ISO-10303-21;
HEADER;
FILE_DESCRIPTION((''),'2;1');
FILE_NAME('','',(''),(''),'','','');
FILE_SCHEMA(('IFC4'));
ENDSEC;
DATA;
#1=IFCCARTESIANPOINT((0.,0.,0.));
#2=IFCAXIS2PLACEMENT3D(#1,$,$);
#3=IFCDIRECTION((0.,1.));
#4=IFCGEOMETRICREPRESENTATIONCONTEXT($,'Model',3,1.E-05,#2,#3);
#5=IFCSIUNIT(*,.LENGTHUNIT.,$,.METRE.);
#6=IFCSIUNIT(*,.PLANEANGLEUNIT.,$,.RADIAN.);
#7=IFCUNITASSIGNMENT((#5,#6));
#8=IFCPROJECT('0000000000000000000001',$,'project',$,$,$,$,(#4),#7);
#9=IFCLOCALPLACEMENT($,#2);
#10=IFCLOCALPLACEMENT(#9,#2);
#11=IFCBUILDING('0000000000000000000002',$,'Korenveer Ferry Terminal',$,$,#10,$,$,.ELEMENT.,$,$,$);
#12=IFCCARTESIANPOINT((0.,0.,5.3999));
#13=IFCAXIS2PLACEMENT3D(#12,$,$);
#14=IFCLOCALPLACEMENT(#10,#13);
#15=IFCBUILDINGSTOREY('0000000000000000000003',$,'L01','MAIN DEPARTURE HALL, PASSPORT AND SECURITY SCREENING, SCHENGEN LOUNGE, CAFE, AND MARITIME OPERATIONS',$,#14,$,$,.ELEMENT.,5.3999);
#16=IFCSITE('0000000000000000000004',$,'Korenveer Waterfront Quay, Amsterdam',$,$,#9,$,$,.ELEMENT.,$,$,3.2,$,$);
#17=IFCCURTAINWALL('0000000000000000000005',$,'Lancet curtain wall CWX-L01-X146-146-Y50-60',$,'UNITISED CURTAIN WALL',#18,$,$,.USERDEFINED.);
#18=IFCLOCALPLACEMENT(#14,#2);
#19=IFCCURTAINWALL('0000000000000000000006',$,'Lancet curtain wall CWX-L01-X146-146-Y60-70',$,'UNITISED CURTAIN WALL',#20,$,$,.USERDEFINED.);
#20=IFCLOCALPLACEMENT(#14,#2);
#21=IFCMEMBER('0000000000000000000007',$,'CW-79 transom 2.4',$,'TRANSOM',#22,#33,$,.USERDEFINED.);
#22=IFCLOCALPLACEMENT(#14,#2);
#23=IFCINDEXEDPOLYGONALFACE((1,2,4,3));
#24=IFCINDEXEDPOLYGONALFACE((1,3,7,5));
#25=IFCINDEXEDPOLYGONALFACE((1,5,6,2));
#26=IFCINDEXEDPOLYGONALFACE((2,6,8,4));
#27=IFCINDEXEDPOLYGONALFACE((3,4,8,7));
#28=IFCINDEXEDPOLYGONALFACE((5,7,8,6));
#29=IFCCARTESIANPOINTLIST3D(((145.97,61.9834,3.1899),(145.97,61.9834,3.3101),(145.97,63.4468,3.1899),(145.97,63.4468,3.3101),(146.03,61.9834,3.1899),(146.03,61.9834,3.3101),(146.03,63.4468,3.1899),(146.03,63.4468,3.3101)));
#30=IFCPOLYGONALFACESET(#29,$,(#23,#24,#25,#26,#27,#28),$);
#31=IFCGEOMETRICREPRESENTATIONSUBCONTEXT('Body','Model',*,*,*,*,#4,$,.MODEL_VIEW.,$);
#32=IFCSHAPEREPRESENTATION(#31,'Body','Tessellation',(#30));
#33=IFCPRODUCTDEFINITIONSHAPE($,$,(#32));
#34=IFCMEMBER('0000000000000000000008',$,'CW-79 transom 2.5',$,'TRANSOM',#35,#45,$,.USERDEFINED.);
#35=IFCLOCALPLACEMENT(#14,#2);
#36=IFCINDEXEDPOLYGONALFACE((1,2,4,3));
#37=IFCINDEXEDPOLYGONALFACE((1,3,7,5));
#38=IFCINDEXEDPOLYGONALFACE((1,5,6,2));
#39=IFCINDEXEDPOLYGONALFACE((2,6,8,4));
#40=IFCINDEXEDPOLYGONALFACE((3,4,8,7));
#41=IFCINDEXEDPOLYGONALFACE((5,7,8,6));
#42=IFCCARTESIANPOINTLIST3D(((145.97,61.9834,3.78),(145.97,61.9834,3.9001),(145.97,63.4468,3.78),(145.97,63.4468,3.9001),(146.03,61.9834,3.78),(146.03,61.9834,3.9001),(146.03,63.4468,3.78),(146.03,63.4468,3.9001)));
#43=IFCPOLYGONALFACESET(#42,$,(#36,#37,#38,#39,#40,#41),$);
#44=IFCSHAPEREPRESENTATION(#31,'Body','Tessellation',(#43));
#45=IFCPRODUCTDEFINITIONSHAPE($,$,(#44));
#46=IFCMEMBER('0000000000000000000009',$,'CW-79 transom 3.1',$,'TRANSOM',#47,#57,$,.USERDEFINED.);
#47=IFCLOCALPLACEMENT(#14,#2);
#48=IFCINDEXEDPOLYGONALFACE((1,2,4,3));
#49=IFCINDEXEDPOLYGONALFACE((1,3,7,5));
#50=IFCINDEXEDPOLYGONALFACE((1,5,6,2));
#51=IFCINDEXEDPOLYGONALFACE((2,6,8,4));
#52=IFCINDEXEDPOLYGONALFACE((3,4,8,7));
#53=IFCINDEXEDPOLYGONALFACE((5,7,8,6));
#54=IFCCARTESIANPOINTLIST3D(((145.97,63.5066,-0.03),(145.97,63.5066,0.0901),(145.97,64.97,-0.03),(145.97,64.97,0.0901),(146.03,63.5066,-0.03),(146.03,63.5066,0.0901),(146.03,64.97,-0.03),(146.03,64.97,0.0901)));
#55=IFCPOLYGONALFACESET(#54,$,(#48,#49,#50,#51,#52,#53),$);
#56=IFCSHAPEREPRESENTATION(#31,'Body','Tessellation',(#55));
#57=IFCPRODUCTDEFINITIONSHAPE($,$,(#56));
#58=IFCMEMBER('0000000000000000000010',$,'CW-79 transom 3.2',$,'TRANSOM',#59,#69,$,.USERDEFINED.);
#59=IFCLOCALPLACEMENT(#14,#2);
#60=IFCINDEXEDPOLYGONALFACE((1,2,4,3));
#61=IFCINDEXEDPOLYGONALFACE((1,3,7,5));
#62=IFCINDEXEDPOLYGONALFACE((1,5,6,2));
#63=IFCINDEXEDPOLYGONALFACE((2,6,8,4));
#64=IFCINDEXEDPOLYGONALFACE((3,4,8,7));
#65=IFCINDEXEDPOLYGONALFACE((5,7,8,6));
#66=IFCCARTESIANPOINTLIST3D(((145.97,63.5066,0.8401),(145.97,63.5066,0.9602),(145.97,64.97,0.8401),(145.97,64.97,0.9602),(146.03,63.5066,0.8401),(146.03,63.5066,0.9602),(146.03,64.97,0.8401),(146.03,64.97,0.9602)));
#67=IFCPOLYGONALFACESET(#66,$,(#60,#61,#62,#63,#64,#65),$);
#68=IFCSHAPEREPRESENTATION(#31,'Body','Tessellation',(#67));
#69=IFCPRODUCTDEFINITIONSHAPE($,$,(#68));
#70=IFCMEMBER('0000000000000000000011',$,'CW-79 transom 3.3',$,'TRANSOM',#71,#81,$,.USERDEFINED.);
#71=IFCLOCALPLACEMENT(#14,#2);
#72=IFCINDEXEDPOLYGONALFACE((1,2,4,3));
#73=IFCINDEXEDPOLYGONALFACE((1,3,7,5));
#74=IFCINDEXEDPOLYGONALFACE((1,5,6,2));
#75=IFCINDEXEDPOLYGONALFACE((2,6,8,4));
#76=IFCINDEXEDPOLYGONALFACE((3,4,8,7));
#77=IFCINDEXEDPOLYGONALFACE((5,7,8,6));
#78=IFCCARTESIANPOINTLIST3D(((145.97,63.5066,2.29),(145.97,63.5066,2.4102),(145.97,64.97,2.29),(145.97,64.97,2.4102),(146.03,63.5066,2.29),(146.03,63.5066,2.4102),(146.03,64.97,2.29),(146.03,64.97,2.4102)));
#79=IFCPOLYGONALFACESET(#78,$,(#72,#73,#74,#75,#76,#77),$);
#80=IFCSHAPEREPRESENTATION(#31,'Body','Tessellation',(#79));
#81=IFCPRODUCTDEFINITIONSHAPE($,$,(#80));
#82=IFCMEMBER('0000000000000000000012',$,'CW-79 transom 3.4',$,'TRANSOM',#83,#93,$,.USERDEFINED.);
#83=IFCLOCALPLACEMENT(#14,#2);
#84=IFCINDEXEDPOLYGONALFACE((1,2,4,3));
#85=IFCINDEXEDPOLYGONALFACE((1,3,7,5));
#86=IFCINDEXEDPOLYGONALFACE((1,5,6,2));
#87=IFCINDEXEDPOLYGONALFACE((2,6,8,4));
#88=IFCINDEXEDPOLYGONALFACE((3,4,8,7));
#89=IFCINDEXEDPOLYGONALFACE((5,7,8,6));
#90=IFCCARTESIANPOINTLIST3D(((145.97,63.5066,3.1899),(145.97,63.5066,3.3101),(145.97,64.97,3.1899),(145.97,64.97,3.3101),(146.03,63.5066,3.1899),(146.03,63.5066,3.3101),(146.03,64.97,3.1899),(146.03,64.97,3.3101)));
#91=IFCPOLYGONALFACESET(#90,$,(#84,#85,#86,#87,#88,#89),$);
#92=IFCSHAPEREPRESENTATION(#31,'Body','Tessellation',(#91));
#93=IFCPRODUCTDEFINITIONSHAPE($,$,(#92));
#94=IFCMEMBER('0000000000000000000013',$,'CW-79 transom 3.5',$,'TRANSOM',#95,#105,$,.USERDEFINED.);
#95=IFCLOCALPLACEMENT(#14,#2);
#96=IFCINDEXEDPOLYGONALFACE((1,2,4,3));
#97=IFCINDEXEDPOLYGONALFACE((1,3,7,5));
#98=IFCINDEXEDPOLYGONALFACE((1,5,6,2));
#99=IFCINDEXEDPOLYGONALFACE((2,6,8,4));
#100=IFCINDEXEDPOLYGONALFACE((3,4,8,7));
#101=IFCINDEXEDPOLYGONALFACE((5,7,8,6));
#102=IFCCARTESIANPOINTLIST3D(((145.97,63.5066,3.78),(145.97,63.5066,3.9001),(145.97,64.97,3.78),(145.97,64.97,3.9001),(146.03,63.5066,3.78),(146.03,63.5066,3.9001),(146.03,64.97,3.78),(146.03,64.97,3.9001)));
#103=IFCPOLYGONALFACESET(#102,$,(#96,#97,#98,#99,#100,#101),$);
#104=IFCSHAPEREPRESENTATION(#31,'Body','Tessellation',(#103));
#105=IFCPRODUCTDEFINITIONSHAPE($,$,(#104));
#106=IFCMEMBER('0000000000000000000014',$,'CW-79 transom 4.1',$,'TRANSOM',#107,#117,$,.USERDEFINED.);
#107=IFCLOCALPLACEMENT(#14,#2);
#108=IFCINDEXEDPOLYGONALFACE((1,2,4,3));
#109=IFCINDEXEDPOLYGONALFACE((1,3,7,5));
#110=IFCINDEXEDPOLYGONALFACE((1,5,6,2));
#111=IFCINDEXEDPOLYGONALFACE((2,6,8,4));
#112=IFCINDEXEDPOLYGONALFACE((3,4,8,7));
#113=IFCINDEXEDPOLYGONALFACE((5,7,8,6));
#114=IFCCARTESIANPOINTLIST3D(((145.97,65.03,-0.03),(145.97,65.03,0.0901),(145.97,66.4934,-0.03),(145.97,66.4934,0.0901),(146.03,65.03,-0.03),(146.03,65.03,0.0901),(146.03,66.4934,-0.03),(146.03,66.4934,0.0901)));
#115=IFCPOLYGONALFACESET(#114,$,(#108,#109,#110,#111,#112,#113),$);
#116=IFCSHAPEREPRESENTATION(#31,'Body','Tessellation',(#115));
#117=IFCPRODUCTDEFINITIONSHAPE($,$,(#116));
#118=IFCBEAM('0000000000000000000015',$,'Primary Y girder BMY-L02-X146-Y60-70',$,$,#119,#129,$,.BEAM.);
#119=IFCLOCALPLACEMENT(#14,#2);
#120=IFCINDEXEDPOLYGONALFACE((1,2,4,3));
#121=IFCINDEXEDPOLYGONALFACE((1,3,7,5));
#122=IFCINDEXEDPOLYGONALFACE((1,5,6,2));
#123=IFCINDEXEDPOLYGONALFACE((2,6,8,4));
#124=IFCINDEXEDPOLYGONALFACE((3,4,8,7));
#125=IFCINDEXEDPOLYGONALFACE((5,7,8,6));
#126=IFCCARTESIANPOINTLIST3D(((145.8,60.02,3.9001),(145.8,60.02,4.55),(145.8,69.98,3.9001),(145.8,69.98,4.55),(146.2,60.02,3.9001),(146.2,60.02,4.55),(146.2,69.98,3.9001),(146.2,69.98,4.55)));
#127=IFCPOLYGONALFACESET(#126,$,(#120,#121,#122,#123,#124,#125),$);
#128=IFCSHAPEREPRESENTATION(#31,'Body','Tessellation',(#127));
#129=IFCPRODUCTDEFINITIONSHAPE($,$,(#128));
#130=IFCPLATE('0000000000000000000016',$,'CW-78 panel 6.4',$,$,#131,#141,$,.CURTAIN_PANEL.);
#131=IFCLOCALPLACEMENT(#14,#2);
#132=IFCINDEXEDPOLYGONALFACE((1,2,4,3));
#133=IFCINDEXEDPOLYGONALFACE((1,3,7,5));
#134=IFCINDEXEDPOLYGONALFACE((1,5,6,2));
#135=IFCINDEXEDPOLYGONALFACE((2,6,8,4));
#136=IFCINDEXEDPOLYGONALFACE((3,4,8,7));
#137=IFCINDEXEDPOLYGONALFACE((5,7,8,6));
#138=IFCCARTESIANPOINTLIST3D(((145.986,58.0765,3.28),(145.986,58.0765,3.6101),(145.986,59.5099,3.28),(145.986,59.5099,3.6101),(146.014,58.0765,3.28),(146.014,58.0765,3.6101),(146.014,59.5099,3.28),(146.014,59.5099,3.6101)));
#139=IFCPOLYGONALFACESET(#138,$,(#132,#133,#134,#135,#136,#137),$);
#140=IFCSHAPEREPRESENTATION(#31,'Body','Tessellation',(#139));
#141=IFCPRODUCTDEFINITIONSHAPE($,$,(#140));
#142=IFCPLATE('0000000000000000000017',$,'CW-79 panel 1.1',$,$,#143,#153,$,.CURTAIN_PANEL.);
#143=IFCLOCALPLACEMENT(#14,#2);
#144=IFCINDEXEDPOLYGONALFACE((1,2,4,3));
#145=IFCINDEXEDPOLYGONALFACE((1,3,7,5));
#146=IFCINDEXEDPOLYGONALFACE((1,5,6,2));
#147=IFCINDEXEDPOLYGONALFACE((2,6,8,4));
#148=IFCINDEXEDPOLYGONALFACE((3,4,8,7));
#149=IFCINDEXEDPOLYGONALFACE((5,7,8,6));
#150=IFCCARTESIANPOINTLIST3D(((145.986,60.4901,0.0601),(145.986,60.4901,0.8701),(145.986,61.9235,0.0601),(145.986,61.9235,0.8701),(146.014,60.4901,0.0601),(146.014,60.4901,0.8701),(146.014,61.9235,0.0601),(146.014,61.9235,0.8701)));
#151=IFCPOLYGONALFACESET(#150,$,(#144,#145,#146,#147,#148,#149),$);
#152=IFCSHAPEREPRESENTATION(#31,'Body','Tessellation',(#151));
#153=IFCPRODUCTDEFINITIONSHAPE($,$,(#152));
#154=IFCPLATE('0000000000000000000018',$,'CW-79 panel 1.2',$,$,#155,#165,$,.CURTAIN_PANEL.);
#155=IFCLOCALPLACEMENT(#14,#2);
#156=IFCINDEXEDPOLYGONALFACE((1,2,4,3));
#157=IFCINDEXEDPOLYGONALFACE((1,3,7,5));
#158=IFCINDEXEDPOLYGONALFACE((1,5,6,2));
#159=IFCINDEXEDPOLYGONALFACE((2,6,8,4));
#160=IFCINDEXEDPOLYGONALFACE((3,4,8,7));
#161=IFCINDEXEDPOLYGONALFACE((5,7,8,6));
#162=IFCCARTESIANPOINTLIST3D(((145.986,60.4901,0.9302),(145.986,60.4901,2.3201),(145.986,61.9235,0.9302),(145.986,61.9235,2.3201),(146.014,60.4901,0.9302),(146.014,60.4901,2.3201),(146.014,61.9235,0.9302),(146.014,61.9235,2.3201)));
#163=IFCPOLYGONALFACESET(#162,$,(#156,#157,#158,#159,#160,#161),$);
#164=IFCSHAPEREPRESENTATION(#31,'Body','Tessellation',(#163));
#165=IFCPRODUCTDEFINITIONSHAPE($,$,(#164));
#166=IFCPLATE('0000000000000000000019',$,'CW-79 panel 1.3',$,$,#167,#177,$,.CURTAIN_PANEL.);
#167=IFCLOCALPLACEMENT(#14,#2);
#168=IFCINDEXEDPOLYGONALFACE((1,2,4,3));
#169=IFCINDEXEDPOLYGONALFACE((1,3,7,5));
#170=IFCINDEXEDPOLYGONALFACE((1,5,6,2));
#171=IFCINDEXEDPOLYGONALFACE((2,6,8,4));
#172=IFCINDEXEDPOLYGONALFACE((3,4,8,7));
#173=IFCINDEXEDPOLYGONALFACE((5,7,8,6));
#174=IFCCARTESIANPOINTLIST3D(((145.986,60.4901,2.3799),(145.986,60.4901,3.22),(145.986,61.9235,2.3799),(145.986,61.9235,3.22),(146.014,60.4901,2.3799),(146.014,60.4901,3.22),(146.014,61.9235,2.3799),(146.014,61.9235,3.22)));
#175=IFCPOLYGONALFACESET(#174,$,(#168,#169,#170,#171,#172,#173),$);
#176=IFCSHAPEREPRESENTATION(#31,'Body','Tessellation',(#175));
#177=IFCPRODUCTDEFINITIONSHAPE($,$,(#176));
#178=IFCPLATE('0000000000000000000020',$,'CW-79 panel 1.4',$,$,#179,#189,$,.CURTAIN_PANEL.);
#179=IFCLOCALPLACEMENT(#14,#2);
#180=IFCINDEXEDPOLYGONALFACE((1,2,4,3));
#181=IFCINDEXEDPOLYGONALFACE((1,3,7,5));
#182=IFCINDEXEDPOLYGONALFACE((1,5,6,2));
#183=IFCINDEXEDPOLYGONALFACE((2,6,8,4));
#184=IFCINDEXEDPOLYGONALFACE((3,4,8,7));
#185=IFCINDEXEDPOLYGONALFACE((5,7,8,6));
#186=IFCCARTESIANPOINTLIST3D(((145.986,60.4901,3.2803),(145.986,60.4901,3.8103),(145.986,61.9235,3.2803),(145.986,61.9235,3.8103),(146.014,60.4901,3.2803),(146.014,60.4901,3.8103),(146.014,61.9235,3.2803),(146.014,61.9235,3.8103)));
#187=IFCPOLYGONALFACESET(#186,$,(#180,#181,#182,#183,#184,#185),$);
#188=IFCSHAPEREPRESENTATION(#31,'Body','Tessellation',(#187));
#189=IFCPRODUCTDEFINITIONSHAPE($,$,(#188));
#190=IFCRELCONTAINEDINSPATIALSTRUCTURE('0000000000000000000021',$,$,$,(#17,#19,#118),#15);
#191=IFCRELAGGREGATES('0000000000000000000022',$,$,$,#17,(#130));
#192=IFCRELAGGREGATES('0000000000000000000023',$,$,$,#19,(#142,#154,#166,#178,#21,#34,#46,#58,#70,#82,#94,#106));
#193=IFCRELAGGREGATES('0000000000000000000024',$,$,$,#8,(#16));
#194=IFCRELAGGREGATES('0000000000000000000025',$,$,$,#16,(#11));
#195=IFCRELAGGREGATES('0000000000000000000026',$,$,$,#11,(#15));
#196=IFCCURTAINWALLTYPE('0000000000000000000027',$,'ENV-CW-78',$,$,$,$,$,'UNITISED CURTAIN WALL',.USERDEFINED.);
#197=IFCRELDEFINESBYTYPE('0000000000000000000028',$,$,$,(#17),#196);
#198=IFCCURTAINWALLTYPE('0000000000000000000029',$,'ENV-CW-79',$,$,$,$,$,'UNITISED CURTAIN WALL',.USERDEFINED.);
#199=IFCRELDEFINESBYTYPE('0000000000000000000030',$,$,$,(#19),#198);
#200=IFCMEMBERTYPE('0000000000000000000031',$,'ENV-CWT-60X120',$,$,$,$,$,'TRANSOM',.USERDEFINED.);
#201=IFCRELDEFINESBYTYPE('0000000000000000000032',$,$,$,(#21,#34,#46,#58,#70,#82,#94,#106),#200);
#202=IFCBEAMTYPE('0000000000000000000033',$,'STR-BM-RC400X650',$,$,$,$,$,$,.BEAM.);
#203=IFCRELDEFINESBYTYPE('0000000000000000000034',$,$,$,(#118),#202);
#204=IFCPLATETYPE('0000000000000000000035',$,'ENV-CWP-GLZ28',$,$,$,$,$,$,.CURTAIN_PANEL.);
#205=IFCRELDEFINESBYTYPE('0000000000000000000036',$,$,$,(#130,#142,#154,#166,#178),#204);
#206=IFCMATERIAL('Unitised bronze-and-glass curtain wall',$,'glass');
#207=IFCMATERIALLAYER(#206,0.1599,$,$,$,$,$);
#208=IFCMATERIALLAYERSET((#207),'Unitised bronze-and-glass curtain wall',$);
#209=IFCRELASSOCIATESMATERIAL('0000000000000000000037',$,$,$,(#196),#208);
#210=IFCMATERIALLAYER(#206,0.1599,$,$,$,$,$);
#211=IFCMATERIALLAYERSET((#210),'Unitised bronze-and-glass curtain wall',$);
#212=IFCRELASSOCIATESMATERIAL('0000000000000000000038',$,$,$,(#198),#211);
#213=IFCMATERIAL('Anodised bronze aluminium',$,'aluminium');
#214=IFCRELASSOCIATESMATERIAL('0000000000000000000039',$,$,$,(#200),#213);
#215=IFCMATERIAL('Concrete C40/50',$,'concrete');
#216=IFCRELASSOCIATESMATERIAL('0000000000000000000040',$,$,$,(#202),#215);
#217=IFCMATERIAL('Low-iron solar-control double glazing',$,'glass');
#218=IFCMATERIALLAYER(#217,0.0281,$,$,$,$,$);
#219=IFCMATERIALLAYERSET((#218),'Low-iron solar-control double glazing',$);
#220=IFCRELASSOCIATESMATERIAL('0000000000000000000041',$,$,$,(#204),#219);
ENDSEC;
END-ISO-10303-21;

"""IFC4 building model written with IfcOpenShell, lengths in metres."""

from ifc_helpers import new_model, si_unit, direction, frame, origin, origin_2d, place, context, subcontext, project, spatial, rectangle, extrude, material, layer, layer_set, material_profile, profile_set, type_object, element, aggregate, save


model = new_model("IFC4")

# Units and contexts
model_context = context("Model", 3, precision=1e-05, world=origin(), true_north=direction((0.0, 1.0)))
body_context = subcontext(model_context, "Body", "Model", "MODEL_VIEW")
ifc_project = project(units=[si_unit("LENGTHUNIT", "METRE"), si_unit("PLANEANGLEUNIT", "RADIAN")], contexts=[model_context])

# Site, building, storey
site_placement = place(None, origin())
site = spatial("IfcSite", under=ifc_project, at=site_placement, Name="Korenveer Waterfront Quay, Amsterdam", CompositionType="ELEMENT", RefElevation=3.2)
building_placement = place(site_placement, origin())
building = spatial("IfcBuilding", under=site, at=building_placement, Name="Korenveer Ferry Terminal", CompositionType="ELEMENT")
storey_placement = place(building_placement, frame((0.0, 0.0, 5.3999)))
storey = spatial("IfcBuildingStorey", under=building, at=storey_placement, Name="L01", Description="MAIN DEPARTURE HALL, PASSPORT AND SECURITY SCREENING, SCHENGEN LOUNGE, CAFE, AND MARITIME OPERATIONS", CompositionType="ELEMENT", Elevation=5.3999)

# Curtain wall
ifc_material_1 = material(Name="Unitised bronze-and-glass curtain wall", Category="glass")
ifc_layer_1 = layer(ifc_material_1, 0.1599)
ifc_layer_set_1 = layer_set([ifc_layer_1], Name="Unitised bronze-and-glass curtain wall")
curtain_wall_type_1 = type_object("IfcCurtainWallType", Name="ENV-CW-78", ElementType="UNITISED CURTAIN WALL", PredefinedType="USERDEFINED", material=ifc_layer_set_1)
curtain_wall_1_placement = place(storey_placement, frame((146.0, 50.4299, 0.0)))
curtain_wall_1 = element("IfcCurtainWall", 1, at=curtain_wall_1_placement, inside=storey, type_object=curtain_wall_type_1, Name="Lancet curtain wall CWX-L01-X146-146-Y50-60", ObjectType="UNITISED CURTAIN WALL", PredefinedType="USERDEFINED")
ifc_material_2 = material(Name="Anodised bronze aluminium", Category="aluminium")

# Curtain wall, members
ifc_layer_2 = layer(ifc_material_1, 0.1599)
ifc_layer_set_2 = layer_set([ifc_layer_2], Name="Unitised bronze-and-glass curtain wall")
curtain_wall_type_2 = type_object("IfcCurtainWallType", Name="ENV-CW-79", ElementType="UNITISED CURTAIN WALL", PredefinedType="USERDEFINED", material=ifc_layer_set_2)
curtain_wall_2_placement = place(storey_placement, frame((146.0, 60.4299, 0.0)))
curtain_wall_2 = element("IfcCurtainWall", 2, at=curtain_wall_2_placement, inside=storey, type_object=curtain_wall_type_2, Name="Lancet curtain wall CWX-L01-X146-146-Y60-70", ObjectType="UNITISED CURTAIN WALL", PredefinedType="USERDEFINED")
ifc_material_profile_1 = material_profile(ifc_material_2, rectangle(XDim=0.0601, YDim=0.1201, at=origin_2d()), Name="ALU 60x120")
ifc_profile_set_1 = profile_set([ifc_material_profile_1], Name="Anodised bronze aluminium")
member_type_1 = type_object("IfcMemberType", Name="ENV-CWT-60X120", ElementType="TRANSOM", PredefinedType="USERDEFINED", material=ifc_profile_set_1)
member_1_placement = place(storey_placement, frame((146.0, 61.9834, 3.25), z_axis=(0.0, 1.0, 0.0), x_axis=(-1.0, 0.0, 0.0)))
member_1 = element("IfcMember", 3, at=member_1_placement, type_object=member_type_1, Name="CW-79 transom 2.4", ObjectType="TRANSOM", PredefinedType="USERDEFINED", context=body_context, shape_type="SweptSolid", body=[
    extrude(rectangle(XDim=0.0601, YDim=0.1201, at=origin_2d()), origin(), (0.0, 0.0, 1.0), 1.4634),
])
member_2_placement = place(storey_placement, frame((146.0, 61.9834, 3.8401), z_axis=(0.0, 1.0, 0.0), x_axis=(-1.0, 0.0, 0.0)))
member_2 = element("IfcMember", 4, at=member_2_placement, type_object=member_type_1, Name="CW-79 transom 2.5", ObjectType="TRANSOM", PredefinedType="USERDEFINED", context=body_context, shape_type="SweptSolid", body=[
    extrude(rectangle(XDim=0.0601, YDim=0.1201, at=origin_2d()), origin(), (0.0, 0.0, 1.0), 1.4634),
])
member_3_placement = place(storey_placement, frame((146.0, 63.5066, 0.03), z_axis=(0.0, 1.0, 0.0), x_axis=(-1.0, 0.0, 0.0)))
member_3 = element("IfcMember", 5, at=member_3_placement, type_object=member_type_1, Name="CW-79 transom 3.1", ObjectType="TRANSOM", PredefinedType="USERDEFINED", context=body_context, shape_type="SweptSolid", body=[
    extrude(rectangle(XDim=0.0601, YDim=0.1201, at=origin_2d()), origin(), (0.0, 0.0, 1.0), 1.4634),
])
member_4_placement = place(storey_placement, frame((146.0, 63.5066, 0.9001), z_axis=(0.0, 1.0, 0.0), x_axis=(-1.0, 0.0, 0.0)))
member_4 = element("IfcMember", 6, at=member_4_placement, type_object=member_type_1, Name="CW-79 transom 3.2", ObjectType="TRANSOM", PredefinedType="USERDEFINED", context=body_context, shape_type="SweptSolid", body=[
    extrude(rectangle(XDim=0.0601, YDim=0.1201, at=origin_2d()), origin(), (0.0, 0.0, 1.0), 1.4634),
])
member_5_placement = place(storey_placement, frame((146.0, 63.5066, 2.3501), z_axis=(0.0, 1.0, 0.0), x_axis=(-1.0, 0.0, 0.0)))
member_5 = element("IfcMember", 7, at=member_5_placement, type_object=member_type_1, Name="CW-79 transom 3.3", ObjectType="TRANSOM", PredefinedType="USERDEFINED", context=body_context, shape_type="SweptSolid", body=[
    extrude(rectangle(XDim=0.0601, YDim=0.1201, at=origin_2d()), origin(), (0.0, 0.0, 1.0), 1.4634),
])
member_6_placement = place(storey_placement, frame((146.0, 63.5066, 3.25), z_axis=(0.0, 1.0, 0.0), x_axis=(-1.0, 0.0, 0.0)))
member_6 = element("IfcMember", 8, at=member_6_placement, type_object=member_type_1, Name="CW-79 transom 3.4", ObjectType="TRANSOM", PredefinedType="USERDEFINED", context=body_context, shape_type="SweptSolid", body=[
    extrude(rectangle(XDim=0.0601, YDim=0.1201, at=origin_2d()), origin(), (0.0, 0.0, 1.0), 1.4634),
])
member_7_placement = place(storey_placement, frame((146.0, 63.5066, 3.8401), z_axis=(0.0, 1.0, 0.0), x_axis=(-1.0, 0.0, 0.0)))
member_7 = element("IfcMember", 9, at=member_7_placement, type_object=member_type_1, Name="CW-79 transom 3.5", ObjectType="TRANSOM", PredefinedType="USERDEFINED", context=body_context, shape_type="SweptSolid", body=[
    extrude(rectangle(XDim=0.0601, YDim=0.1201, at=origin_2d()), origin(), (0.0, 0.0, 1.0), 1.4634),
])
member_8_placement = place(storey_placement, frame((146.0, 65.03, 0.03), z_axis=(0.0, 1.0, 0.0), x_axis=(-1.0, 0.0, 0.0)))
member_8 = element("IfcMember", 10, at=member_8_placement, type_object=member_type_1, Name="CW-79 transom 4.1", ObjectType="TRANSOM", PredefinedType="USERDEFINED", context=body_context, shape_type="SweptSolid", body=[
    extrude(rectangle(XDim=0.0601, YDim=0.1201, at=origin_2d()), origin(), (0.0, 0.0, 1.0), 1.4634),
])

# Beam
ifc_material_3 = material(Name="Concrete C40/50", Category="concrete")
ifc_material_profile_2 = material_profile(ifc_material_3, rectangle(XDim=0.3999, YDim=0.6499, at=origin_2d()), Name="RC 400x650")
ifc_profile_set_2 = profile_set([ifc_material_profile_2], Name="Concrete C40/50")
beam_type = type_object("IfcBeamType", Name="STR-BM-RC400X650", PredefinedType="BEAM", material=ifc_profile_set_2)
beam_placement = place(storey_placement, frame((146.0, 60.02, 4.2251), z_axis=(0.0, 1.0, 0.0), x_axis=(-1.0, 0.0, 0.0)))
element("IfcBeam", 11, at=beam_placement, inside=storey, type_object=beam_type, Name="Primary Y girder BMY-L02-X146-Y60-70", PredefinedType="BEAM", context=body_context, shape_type="SweptSolid", body=[
    extrude(rectangle(XDim=0.3999, YDim=0.6499, at=origin_2d()), origin(), (0.0, 0.0, 1.0), 9.96),
])

# Plates
ifc_material_4 = material(Name="Low-iron solar-control double glazing", Category="glass")
ifc_layer_3 = layer(ifc_material_4, 0.0281)
ifc_layer_set_3 = layer_set([ifc_layer_3], Name="Low-iron solar-control double glazing")
plate_type = type_object("IfcPlateType", Name="ENV-CWP-GLZ28", PredefinedType="CURTAIN_PANEL", material=ifc_layer_set_3)
plate_1_placement = place(storey_placement, frame((146.0, 58.7932, 3.28), z_axis=(0.0, 0.0, 1.0), x_axis=(0.0, 1.0, 0.0)))
plate_1 = element("IfcPlate", 12, at=plate_1_placement, type_object=plate_type, Name="CW-78 panel 6.4", PredefinedType="CURTAIN_PANEL", context=body_context, shape_type="SweptSolid", body=[
    extrude(rectangle(XDim=1.4333, YDim=0.0281, at=origin_2d()), origin(), (0.0, 0.0, 1.0), 0.3301),
])
aggregate(curtain_wall_1, [plate_1])
plate_2_placement = place(storey_placement, frame((146.0, 61.2068, 0.0601), z_axis=(0.0, 0.0, 1.0), x_axis=(0.0, 1.0, 0.0)))
plate_2 = element("IfcPlate", 13, at=plate_2_placement, type_object=plate_type, Name="CW-79 panel 1.1", PredefinedType="CURTAIN_PANEL", context=body_context, shape_type="SweptSolid", body=[
    extrude(rectangle(XDim=1.4333, YDim=0.0281, at=origin_2d()), origin(), (0.0, 0.0, 1.0), 0.8101),
])
plate_3_placement = place(storey_placement, frame((146.0, 61.2068, 0.9302), z_axis=(0.0, 0.0, 1.0), x_axis=(0.0, 1.0, 0.0)))
plate_3 = element("IfcPlate", 14, at=plate_3_placement, type_object=plate_type, Name="CW-79 panel 1.2", PredefinedType="CURTAIN_PANEL", context=body_context, shape_type="SweptSolid", body=[
    extrude(rectangle(XDim=1.4333, YDim=0.0281, at=origin_2d()), origin(), (0.0, 0.0, 1.0), 1.3899),
])
plate_4_placement = place(storey_placement, frame((146.0, 61.2068, 2.3799), z_axis=(0.0, 0.0, 1.0), x_axis=(0.0, 1.0, 0.0)))
plate_4 = element("IfcPlate", 15, at=plate_4_placement, type_object=plate_type, Name="CW-79 panel 1.3", PredefinedType="CURTAIN_PANEL", context=body_context, shape_type="SweptSolid", body=[
    extrude(rectangle(XDim=1.4333, YDim=0.0281, at=origin_2d()), origin(), (0.0, 0.0, 1.0), 0.8401),
])
plate_5_placement = place(storey_placement, frame((146.0, 61.2068, 3.2803), z_axis=(0.0, 0.0, 1.0), x_axis=(0.0, 1.0, 0.0)))
plate_5 = element("IfcPlate", 16, at=plate_5_placement, type_object=plate_type, Name="CW-79 panel 1.4", PredefinedType="CURTAIN_PANEL", context=body_context, shape_type="SweptSolid", body=[
    extrude(rectangle(XDim=1.4333, YDim=0.0281, at=origin_2d()), origin(), (0.0, 0.0, 1.0), 0.53),
])
aggregate(curtain_wall_2, [plate_2, plate_3, plate_4, plate_5, member_1, member_2, member_3, member_4, member_5, member_6, member_7, member_8])

save(model, "model.ifc")
